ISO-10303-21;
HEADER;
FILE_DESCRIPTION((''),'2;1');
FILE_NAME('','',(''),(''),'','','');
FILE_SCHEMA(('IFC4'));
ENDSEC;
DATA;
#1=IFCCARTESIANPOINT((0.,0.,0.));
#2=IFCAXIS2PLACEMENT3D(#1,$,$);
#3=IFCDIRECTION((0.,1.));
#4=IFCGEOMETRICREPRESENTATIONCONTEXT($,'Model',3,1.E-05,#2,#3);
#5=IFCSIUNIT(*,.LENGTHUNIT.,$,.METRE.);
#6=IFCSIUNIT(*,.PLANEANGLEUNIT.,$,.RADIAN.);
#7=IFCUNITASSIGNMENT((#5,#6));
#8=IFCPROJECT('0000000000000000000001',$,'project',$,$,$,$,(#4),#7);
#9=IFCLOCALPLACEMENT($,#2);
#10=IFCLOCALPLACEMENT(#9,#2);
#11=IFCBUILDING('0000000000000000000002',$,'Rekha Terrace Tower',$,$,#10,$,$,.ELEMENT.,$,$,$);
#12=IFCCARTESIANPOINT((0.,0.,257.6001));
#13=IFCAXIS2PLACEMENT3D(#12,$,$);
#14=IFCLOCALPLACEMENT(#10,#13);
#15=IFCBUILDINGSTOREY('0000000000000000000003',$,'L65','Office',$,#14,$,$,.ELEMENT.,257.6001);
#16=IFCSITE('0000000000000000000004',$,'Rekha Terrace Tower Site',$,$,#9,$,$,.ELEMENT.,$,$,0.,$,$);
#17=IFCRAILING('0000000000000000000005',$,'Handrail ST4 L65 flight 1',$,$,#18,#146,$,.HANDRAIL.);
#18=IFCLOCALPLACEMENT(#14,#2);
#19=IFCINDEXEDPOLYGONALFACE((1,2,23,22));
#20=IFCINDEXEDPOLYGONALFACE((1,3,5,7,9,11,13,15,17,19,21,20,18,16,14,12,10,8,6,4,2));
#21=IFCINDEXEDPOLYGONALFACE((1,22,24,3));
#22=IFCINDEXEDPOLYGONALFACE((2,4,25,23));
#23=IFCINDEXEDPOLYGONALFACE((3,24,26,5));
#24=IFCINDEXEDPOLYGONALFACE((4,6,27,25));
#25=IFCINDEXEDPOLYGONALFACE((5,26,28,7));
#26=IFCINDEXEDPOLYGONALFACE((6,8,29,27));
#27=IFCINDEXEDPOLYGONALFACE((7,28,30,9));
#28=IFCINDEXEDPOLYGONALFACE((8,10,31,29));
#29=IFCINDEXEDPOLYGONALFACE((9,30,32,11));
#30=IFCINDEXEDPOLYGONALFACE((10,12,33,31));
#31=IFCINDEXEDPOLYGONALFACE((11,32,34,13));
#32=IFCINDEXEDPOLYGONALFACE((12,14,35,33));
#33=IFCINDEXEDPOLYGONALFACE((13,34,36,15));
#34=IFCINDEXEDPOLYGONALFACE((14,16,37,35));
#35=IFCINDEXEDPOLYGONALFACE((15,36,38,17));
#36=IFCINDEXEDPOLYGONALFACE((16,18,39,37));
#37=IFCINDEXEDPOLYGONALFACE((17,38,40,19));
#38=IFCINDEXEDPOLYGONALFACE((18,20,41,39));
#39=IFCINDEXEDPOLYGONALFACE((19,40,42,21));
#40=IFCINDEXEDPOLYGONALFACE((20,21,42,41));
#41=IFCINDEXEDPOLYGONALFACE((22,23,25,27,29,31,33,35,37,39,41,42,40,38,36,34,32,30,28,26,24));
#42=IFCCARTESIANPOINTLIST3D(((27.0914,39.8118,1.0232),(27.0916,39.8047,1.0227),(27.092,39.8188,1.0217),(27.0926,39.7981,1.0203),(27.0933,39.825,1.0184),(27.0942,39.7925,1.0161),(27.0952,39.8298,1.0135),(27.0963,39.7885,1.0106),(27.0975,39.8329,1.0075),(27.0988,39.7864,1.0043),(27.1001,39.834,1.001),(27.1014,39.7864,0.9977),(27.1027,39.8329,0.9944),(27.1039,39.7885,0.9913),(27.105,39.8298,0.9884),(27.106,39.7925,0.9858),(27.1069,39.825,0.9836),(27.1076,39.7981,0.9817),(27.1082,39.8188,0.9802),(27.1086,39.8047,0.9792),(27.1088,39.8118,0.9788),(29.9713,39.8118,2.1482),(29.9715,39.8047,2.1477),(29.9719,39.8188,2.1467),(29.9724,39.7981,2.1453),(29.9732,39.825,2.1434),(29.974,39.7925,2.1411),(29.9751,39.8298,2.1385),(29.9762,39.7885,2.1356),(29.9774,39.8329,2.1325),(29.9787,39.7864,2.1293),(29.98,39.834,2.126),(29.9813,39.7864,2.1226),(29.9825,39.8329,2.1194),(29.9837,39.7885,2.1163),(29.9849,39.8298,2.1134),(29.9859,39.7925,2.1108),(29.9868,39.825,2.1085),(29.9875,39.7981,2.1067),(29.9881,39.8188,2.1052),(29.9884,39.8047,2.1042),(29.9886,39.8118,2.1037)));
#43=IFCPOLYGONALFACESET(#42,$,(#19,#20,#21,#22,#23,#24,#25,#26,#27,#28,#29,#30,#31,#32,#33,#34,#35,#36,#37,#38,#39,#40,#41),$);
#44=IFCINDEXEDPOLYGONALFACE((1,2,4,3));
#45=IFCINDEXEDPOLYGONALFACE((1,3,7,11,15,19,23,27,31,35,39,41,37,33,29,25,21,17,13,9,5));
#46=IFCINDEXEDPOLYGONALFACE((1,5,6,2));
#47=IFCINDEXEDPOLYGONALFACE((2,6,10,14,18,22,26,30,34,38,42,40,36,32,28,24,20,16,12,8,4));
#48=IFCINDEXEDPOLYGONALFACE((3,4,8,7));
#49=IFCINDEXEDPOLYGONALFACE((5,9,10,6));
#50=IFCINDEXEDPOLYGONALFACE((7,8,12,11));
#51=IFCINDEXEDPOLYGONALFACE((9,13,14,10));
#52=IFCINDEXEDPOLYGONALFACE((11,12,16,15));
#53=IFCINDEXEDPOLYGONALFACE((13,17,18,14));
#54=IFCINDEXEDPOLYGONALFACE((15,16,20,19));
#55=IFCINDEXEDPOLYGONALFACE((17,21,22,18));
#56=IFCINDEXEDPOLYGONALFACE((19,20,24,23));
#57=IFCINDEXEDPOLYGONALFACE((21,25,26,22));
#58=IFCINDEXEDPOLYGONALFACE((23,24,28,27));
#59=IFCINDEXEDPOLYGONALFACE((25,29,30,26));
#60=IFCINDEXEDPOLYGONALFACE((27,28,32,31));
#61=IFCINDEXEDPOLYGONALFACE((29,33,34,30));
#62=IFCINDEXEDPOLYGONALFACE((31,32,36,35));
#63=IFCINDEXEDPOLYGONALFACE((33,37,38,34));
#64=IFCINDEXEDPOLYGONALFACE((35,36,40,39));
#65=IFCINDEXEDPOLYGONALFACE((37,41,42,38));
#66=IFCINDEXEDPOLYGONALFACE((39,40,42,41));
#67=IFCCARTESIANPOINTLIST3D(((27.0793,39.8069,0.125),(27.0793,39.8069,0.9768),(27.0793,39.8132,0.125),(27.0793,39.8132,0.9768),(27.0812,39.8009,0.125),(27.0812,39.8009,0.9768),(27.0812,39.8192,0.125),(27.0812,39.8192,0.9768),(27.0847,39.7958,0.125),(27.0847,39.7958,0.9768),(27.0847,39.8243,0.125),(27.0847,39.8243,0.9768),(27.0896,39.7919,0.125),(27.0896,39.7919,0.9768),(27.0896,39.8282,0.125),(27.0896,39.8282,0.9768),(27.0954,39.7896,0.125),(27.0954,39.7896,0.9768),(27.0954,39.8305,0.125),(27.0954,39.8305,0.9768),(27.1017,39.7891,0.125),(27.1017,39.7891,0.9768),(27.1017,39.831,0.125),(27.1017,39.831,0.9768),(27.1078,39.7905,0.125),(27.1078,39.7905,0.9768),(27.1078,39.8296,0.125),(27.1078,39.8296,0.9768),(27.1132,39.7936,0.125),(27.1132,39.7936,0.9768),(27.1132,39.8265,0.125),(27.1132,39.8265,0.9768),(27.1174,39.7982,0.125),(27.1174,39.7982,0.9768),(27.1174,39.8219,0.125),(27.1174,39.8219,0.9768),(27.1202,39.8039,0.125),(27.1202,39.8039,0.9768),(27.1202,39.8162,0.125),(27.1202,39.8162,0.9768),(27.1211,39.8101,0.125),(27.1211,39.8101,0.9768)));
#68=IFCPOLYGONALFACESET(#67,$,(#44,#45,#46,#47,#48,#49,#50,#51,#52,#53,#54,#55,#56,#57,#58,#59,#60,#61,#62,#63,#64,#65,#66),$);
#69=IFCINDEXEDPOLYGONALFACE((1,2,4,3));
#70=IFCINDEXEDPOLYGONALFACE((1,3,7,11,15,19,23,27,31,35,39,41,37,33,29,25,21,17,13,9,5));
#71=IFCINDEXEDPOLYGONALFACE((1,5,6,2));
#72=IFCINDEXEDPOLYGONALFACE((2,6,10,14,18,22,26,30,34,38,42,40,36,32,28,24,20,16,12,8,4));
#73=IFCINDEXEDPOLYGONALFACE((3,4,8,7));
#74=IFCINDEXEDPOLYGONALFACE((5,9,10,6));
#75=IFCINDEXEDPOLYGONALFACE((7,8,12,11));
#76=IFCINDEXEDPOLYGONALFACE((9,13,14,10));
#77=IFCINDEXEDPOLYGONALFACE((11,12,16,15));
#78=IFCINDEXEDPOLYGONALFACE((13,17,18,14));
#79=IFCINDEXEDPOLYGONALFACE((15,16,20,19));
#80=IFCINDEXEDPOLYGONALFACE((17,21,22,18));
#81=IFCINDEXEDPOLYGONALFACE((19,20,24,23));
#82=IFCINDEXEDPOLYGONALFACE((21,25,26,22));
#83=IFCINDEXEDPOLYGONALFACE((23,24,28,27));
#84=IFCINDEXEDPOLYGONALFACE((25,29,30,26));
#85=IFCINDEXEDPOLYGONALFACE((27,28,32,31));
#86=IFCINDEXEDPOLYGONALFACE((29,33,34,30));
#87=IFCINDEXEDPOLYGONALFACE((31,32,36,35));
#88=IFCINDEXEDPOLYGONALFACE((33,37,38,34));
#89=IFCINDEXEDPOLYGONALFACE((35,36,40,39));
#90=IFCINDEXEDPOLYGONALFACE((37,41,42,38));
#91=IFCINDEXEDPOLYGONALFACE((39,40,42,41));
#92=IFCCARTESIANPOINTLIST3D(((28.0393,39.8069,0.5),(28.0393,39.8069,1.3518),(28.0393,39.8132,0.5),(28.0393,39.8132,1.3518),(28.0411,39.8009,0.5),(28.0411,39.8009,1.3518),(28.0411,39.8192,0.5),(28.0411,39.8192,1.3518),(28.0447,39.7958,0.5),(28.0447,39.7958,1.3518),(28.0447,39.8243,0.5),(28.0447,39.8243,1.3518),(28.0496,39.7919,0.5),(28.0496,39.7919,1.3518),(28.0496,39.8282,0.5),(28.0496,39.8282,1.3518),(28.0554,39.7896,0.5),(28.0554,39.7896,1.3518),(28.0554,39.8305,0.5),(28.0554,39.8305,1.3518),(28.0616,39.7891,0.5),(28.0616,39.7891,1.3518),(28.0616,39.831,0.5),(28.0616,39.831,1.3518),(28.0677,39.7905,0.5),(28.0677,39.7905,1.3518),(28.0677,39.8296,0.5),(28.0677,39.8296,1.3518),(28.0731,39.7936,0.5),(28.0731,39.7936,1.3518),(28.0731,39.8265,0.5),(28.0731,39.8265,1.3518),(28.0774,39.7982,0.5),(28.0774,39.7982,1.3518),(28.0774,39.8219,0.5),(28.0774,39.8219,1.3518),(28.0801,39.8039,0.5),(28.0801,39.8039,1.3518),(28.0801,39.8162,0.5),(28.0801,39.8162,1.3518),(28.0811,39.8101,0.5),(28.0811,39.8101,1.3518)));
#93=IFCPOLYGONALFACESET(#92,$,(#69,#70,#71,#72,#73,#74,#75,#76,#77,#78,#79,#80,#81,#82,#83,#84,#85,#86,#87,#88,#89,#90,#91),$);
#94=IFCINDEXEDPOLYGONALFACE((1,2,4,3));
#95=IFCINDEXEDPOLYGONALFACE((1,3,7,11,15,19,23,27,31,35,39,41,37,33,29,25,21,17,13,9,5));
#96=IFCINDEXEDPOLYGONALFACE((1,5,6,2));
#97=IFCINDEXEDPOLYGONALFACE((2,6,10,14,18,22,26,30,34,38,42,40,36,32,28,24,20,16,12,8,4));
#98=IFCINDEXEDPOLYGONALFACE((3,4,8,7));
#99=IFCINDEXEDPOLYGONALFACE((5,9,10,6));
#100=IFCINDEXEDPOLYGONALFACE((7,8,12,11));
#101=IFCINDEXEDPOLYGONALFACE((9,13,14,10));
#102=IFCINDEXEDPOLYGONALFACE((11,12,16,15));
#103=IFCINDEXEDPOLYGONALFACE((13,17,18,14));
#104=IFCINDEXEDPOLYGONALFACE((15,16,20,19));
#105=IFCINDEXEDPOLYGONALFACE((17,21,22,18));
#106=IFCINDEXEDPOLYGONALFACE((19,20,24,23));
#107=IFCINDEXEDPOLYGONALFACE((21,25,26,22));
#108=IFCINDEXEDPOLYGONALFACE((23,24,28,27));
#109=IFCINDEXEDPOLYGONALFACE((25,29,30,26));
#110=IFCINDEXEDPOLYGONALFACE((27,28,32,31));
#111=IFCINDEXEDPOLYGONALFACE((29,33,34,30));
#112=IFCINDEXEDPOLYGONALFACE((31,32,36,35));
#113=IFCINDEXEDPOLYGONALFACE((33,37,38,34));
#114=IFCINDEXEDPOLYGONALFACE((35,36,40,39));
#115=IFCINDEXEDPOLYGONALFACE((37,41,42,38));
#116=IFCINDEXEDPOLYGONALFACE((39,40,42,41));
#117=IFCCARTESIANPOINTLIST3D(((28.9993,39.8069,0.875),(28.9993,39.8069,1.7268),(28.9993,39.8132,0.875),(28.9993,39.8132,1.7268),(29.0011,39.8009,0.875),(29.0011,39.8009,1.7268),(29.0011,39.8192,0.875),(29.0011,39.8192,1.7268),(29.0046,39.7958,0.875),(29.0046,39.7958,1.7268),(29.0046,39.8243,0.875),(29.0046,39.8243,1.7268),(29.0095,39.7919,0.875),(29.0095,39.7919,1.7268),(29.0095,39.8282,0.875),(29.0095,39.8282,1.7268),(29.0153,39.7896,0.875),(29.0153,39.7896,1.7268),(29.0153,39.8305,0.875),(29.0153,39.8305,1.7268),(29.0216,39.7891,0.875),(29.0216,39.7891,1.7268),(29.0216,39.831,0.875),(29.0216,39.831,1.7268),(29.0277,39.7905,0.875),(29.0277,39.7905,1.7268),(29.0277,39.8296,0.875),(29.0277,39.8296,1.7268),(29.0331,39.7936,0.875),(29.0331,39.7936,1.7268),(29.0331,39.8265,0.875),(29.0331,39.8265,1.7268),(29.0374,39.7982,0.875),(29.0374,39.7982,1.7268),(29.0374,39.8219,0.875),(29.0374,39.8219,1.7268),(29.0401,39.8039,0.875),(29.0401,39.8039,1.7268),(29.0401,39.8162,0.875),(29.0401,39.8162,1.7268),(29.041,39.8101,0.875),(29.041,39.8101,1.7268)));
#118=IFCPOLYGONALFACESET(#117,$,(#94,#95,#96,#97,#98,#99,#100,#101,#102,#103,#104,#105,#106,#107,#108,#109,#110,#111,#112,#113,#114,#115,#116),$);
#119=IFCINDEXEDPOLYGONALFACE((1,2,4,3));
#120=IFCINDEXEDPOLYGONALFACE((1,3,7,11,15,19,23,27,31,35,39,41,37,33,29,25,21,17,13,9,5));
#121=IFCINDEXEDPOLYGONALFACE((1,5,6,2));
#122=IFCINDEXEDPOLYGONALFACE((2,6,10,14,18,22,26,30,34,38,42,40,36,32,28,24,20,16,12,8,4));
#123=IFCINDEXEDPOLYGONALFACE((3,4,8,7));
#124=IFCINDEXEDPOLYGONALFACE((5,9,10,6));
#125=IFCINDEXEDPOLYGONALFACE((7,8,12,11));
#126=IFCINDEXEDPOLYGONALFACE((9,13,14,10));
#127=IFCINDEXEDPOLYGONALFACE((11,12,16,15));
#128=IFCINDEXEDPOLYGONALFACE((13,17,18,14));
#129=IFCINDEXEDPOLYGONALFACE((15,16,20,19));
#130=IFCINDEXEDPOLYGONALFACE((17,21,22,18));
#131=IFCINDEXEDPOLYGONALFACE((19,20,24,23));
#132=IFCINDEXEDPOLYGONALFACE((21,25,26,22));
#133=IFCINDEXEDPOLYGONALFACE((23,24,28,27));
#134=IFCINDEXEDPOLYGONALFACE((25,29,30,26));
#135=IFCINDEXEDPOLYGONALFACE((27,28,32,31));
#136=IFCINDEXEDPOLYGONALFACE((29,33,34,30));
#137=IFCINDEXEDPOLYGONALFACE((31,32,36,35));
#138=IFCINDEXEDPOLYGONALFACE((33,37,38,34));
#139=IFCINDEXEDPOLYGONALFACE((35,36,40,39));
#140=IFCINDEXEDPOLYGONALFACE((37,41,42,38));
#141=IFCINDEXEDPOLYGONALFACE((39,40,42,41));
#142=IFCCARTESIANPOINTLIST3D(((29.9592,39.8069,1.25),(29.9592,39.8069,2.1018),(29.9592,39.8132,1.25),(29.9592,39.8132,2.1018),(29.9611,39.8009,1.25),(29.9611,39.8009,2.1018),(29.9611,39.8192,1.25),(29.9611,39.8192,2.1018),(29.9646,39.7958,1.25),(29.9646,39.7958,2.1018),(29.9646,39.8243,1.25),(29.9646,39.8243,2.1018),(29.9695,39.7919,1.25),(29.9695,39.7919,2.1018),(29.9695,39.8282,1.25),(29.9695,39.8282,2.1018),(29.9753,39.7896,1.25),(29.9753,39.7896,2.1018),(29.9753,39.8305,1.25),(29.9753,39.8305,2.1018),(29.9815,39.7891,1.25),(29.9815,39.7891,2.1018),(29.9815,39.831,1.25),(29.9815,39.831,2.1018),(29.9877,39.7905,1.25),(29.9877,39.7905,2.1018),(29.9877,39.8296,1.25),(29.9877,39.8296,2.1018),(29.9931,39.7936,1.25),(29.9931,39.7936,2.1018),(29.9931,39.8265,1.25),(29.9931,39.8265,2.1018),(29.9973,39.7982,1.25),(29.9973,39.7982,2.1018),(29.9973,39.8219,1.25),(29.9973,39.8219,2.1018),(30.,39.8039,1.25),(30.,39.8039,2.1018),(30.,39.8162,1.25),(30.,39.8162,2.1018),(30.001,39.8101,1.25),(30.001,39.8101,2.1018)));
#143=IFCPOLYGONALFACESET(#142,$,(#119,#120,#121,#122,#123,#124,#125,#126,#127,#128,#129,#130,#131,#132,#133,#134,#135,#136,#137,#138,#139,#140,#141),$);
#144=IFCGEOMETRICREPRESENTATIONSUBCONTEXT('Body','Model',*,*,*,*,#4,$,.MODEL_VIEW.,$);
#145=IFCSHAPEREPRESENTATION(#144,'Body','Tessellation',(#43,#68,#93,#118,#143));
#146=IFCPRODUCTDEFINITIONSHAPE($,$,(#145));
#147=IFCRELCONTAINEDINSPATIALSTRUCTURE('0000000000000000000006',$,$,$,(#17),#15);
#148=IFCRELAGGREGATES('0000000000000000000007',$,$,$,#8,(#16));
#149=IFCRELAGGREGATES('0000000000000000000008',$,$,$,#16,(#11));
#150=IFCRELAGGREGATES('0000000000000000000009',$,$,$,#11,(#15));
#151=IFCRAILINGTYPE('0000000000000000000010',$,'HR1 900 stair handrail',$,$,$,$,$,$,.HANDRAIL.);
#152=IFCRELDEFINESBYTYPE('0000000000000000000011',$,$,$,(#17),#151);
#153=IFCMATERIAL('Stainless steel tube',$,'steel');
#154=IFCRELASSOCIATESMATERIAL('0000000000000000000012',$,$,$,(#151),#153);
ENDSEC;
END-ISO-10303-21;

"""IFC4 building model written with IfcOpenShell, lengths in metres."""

from ifc_helpers import new_model, si_unit, direction, frame, origin, origin_2d, place, context, subcontext, project, spatial, circle, extrude, material, type_object, element, save


model = new_model("IFC4")

# Units and contexts
model_context = context("Model", 3, precision=1e-05, world=origin(), true_north=direction((0.0, 1.0)))
body_context = subcontext(model_context, "Body", "Model", "MODEL_VIEW")
ifc_project = project(units=[si_unit("LENGTHUNIT", "METRE"), si_unit("PLANEANGLEUNIT", "RADIAN")], contexts=[model_context])

# Site, building, storey
site_placement = place(None, origin())
site = spatial("IfcSite", under=ifc_project, at=site_placement, Name="Rekha Terrace Tower Site", CompositionType="ELEMENT", RefElevation=0.0)
building_placement = place(site_placement, origin())
building = spatial("IfcBuilding", under=site, at=building_placement, Name="Rekha Terrace Tower", CompositionType="ELEMENT")
storey_placement = place(building_placement, frame((0.0, 0.0, 257.6001)))
storey = spatial("IfcBuildingStorey", under=building, at=storey_placement, Name="L65", Description="Office", CompositionType="ELEMENT", Elevation=257.6001)

# Railing
ifc_material_1 = material(Name="Stainless steel tube", Category="steel")
railing_type_1 = type_object("IfcRailingType", Name="HR1 900 stair handrail", PredefinedType="HANDRAIL", material=ifc_material_1)
railing_1_placement = place(storey_placement, frame((27.1001, 39.8101, 0.125)))
element("IfcRailing", 1, at=railing_1_placement, inside=storey, type_object=railing_type_1, Name="Handrail ST4 L65 flight 1", PredefinedType="HANDRAIL", context=body_context, shape_type="SweptSolid", body=[
    extrude(circle(Radius=0.0239, at=origin_2d()), frame((0.0, 0.0, 0.876), z_axis=(0.931452, 0.0, 0.363863), x_axis=(0.0, 1.0, 0.0)), (0.0, 0.0, 1.0), 3.0918),
    extrude(circle(Radius=0.021, at=origin_2d()), origin(), (0.0, 0.0, 1.0), 0.8518),
    extrude(circle(Radius=0.021, at=origin_2d()), frame((0.96, 0.0, 0.375)), (0.0, 0.0, 1.0), 0.8518),
    extrude(circle(Radius=0.021, at=origin_2d()), frame((1.9199, 0.0, 0.75)), (0.0, 0.0, 1.0), 0.8518),
    extrude(circle(Radius=0.021, at=origin_2d()), frame((2.8799, 0.0, 1.125)), (0.0, 0.0, 1.0), 0.8518),
])

save(model, "model.ifc")
